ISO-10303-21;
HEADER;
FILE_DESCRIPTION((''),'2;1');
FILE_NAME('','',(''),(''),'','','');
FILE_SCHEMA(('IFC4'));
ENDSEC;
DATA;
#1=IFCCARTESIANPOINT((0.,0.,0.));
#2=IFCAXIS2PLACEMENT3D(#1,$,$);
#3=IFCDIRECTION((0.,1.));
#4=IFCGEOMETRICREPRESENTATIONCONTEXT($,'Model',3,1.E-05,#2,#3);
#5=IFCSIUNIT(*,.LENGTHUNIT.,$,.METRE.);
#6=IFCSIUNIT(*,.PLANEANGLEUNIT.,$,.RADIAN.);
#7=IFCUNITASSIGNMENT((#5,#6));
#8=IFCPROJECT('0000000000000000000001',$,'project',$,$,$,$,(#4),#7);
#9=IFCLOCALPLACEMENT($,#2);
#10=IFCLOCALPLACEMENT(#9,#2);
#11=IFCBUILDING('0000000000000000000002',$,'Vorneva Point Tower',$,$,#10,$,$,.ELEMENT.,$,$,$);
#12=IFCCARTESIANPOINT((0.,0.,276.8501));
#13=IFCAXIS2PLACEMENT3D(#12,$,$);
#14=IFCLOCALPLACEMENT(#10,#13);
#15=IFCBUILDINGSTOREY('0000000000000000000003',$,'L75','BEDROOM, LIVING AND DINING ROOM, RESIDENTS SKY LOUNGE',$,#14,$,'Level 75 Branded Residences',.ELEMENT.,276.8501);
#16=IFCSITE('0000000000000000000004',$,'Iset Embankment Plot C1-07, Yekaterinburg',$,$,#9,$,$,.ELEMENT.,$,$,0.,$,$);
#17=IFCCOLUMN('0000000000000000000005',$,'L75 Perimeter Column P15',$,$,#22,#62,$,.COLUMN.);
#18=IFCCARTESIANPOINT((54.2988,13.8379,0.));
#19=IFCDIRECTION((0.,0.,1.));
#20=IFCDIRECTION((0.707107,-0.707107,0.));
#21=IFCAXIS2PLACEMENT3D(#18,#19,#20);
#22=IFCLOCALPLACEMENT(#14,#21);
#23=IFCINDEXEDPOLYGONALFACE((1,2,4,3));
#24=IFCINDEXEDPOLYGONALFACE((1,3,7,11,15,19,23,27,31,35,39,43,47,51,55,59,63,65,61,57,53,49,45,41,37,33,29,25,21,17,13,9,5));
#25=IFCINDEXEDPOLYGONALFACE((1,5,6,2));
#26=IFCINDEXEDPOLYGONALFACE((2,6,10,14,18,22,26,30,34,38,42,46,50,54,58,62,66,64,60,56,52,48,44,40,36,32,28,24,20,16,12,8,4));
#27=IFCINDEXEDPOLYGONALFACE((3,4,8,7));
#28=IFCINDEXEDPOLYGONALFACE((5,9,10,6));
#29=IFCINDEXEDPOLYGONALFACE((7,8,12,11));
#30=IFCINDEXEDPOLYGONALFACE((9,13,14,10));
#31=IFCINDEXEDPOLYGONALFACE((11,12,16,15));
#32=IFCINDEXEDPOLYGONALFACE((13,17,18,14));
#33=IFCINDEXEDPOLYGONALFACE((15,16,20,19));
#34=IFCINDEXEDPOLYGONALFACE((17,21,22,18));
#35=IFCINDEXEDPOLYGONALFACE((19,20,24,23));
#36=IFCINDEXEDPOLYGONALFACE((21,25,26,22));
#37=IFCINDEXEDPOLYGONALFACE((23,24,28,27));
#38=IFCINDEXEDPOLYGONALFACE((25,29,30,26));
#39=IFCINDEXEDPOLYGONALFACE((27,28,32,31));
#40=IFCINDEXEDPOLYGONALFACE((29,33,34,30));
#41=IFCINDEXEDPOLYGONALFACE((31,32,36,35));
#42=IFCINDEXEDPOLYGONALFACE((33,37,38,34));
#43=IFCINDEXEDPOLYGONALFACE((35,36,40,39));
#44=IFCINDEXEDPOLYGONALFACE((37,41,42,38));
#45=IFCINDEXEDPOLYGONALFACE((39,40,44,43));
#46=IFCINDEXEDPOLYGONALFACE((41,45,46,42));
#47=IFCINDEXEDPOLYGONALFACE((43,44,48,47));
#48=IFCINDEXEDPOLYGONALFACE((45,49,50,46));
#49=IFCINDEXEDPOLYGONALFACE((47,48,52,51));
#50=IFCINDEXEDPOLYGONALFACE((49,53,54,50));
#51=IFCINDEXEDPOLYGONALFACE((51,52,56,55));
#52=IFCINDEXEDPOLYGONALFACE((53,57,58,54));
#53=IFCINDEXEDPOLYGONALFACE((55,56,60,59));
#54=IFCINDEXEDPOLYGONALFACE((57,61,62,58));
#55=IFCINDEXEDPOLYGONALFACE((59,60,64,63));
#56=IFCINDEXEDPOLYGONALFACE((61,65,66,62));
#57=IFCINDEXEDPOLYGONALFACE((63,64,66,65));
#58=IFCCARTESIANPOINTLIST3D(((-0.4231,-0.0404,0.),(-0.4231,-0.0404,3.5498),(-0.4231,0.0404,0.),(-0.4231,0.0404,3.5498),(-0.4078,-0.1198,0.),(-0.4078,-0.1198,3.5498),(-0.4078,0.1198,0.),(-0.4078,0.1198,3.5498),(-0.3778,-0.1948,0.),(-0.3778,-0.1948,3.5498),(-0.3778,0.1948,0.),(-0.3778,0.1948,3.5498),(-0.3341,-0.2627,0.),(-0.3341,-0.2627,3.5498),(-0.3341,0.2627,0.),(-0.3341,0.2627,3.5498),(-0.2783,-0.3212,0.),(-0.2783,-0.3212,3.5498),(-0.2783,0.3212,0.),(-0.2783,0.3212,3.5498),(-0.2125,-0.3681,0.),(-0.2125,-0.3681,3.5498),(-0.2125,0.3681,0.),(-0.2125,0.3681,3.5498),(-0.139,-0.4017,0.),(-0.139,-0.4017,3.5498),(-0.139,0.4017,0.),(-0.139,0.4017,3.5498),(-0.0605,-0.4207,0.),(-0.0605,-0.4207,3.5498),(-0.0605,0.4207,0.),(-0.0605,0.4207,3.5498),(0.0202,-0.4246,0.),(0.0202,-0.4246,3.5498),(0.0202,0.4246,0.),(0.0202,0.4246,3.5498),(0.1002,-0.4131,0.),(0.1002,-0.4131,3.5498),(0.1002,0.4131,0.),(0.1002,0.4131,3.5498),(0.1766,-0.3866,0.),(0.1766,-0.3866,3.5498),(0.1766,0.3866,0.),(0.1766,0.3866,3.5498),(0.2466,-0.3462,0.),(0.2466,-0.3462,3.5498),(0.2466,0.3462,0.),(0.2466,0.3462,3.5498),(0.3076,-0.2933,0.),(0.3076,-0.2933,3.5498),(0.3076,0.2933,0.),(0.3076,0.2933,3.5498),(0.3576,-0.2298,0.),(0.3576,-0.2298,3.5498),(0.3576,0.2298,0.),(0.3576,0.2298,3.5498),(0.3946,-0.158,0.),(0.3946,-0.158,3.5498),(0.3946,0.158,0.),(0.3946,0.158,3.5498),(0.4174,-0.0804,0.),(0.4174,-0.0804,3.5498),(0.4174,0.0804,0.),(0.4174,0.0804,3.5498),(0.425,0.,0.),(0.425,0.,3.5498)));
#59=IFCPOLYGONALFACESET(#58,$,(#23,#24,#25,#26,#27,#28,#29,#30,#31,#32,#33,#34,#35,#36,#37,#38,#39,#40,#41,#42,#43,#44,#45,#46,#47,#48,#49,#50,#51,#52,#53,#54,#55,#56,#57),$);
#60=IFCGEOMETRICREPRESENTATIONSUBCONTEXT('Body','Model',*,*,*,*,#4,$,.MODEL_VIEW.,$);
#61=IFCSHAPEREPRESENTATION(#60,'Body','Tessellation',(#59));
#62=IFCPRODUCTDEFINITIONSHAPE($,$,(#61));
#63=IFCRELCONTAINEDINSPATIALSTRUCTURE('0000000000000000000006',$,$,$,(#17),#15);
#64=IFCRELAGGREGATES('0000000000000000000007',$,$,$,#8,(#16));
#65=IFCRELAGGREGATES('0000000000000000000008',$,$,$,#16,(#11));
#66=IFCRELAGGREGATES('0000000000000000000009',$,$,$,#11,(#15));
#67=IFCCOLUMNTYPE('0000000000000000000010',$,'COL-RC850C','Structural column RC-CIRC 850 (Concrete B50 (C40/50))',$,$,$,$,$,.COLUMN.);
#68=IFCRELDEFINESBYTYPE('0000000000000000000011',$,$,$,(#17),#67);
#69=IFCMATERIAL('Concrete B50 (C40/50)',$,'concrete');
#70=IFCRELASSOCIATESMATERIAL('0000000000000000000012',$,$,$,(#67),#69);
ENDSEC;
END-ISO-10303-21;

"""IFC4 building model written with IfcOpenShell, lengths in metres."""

from ifc_helpers import new_model, si_unit, direction, frame, origin, origin_2d, place, context, subcontext, project, spatial, circle, extrude, material, material_profile, profile_set, type_object, element, save


model = new_model("IFC4")

# Units and contexts
model_context = context("Model", 3, precision=1e-05, world=origin(), true_north=direction((0.0, 1.0)))
body_context = subcontext(model_context, "Body", "Model", "MODEL_VIEW")
ifc_project = project(units=[si_unit("LENGTHUNIT", "METRE"), si_unit("PLANEANGLEUNIT", "RADIAN")], contexts=[model_context])

# Site, building, storey
site_placement = place(None, origin())
site = spatial("IfcSite", under=ifc_project, at=site_placement, Name="Iset Embankment Plot C1-07, Yekaterinburg", CompositionType="ELEMENT", RefElevation=0.0)
building_placement = place(site_placement, origin())
building = spatial("IfcBuilding", under=site, at=building_placement, Name="Vorneva Point Tower", CompositionType="ELEMENT")
storey_placement = place(building_placement, frame((0.0, 0.0, 276.8501)))
storey = spatial("IfcBuildingStorey", under=building, at=storey_placement, Name="L75", Description="BEDROOM, LIVING AND DINING ROOM, RESIDENTS SKY LOUNGE", LongName="Level 75 Branded Residences", CompositionType="ELEMENT", Elevation=276.8501)

# Column
ifc_material_1 = material(Name="Concrete B50 (C40/50)", Category="concrete")
ifc_material_profile_1 = material_profile(ifc_material_1, circle(Radius=0.425, at=origin_2d()), Name="RC-CIRC 850")
ifc_profile_set_1 = profile_set([ifc_material_profile_1], Name="Concrete B50 (C40/50)")
column_type = type_object("IfcColumnType", Name="COL-RC850C", Description="Structural column RC-CIRC 850 (Concrete B50 (C40/50))", PredefinedType="COLUMN", material=ifc_profile_set_1)
for number, where, z_axis, x_axis, name in (
    (1, (54.2988, 13.8379, 0.0), (0.0, 0.0, 1.0), (0.707107, -0.707107, 0.0), "L75 Perimeter Column P15"),
):
    element("IfcColumn", number, at=place(storey_placement, frame(where, z_axis=z_axis, x_axis=x_axis)), inside=storey, type_object=column_type, Name=name, PredefinedType="COLUMN", context=body_context, shape_type="SweptSolid", body=[
        extrude(circle(Radius=0.425, at=origin_2d()), origin(), (0.0, 0.0, 1.0), 3.5498),
    ])

save(model, "model.ifc")
